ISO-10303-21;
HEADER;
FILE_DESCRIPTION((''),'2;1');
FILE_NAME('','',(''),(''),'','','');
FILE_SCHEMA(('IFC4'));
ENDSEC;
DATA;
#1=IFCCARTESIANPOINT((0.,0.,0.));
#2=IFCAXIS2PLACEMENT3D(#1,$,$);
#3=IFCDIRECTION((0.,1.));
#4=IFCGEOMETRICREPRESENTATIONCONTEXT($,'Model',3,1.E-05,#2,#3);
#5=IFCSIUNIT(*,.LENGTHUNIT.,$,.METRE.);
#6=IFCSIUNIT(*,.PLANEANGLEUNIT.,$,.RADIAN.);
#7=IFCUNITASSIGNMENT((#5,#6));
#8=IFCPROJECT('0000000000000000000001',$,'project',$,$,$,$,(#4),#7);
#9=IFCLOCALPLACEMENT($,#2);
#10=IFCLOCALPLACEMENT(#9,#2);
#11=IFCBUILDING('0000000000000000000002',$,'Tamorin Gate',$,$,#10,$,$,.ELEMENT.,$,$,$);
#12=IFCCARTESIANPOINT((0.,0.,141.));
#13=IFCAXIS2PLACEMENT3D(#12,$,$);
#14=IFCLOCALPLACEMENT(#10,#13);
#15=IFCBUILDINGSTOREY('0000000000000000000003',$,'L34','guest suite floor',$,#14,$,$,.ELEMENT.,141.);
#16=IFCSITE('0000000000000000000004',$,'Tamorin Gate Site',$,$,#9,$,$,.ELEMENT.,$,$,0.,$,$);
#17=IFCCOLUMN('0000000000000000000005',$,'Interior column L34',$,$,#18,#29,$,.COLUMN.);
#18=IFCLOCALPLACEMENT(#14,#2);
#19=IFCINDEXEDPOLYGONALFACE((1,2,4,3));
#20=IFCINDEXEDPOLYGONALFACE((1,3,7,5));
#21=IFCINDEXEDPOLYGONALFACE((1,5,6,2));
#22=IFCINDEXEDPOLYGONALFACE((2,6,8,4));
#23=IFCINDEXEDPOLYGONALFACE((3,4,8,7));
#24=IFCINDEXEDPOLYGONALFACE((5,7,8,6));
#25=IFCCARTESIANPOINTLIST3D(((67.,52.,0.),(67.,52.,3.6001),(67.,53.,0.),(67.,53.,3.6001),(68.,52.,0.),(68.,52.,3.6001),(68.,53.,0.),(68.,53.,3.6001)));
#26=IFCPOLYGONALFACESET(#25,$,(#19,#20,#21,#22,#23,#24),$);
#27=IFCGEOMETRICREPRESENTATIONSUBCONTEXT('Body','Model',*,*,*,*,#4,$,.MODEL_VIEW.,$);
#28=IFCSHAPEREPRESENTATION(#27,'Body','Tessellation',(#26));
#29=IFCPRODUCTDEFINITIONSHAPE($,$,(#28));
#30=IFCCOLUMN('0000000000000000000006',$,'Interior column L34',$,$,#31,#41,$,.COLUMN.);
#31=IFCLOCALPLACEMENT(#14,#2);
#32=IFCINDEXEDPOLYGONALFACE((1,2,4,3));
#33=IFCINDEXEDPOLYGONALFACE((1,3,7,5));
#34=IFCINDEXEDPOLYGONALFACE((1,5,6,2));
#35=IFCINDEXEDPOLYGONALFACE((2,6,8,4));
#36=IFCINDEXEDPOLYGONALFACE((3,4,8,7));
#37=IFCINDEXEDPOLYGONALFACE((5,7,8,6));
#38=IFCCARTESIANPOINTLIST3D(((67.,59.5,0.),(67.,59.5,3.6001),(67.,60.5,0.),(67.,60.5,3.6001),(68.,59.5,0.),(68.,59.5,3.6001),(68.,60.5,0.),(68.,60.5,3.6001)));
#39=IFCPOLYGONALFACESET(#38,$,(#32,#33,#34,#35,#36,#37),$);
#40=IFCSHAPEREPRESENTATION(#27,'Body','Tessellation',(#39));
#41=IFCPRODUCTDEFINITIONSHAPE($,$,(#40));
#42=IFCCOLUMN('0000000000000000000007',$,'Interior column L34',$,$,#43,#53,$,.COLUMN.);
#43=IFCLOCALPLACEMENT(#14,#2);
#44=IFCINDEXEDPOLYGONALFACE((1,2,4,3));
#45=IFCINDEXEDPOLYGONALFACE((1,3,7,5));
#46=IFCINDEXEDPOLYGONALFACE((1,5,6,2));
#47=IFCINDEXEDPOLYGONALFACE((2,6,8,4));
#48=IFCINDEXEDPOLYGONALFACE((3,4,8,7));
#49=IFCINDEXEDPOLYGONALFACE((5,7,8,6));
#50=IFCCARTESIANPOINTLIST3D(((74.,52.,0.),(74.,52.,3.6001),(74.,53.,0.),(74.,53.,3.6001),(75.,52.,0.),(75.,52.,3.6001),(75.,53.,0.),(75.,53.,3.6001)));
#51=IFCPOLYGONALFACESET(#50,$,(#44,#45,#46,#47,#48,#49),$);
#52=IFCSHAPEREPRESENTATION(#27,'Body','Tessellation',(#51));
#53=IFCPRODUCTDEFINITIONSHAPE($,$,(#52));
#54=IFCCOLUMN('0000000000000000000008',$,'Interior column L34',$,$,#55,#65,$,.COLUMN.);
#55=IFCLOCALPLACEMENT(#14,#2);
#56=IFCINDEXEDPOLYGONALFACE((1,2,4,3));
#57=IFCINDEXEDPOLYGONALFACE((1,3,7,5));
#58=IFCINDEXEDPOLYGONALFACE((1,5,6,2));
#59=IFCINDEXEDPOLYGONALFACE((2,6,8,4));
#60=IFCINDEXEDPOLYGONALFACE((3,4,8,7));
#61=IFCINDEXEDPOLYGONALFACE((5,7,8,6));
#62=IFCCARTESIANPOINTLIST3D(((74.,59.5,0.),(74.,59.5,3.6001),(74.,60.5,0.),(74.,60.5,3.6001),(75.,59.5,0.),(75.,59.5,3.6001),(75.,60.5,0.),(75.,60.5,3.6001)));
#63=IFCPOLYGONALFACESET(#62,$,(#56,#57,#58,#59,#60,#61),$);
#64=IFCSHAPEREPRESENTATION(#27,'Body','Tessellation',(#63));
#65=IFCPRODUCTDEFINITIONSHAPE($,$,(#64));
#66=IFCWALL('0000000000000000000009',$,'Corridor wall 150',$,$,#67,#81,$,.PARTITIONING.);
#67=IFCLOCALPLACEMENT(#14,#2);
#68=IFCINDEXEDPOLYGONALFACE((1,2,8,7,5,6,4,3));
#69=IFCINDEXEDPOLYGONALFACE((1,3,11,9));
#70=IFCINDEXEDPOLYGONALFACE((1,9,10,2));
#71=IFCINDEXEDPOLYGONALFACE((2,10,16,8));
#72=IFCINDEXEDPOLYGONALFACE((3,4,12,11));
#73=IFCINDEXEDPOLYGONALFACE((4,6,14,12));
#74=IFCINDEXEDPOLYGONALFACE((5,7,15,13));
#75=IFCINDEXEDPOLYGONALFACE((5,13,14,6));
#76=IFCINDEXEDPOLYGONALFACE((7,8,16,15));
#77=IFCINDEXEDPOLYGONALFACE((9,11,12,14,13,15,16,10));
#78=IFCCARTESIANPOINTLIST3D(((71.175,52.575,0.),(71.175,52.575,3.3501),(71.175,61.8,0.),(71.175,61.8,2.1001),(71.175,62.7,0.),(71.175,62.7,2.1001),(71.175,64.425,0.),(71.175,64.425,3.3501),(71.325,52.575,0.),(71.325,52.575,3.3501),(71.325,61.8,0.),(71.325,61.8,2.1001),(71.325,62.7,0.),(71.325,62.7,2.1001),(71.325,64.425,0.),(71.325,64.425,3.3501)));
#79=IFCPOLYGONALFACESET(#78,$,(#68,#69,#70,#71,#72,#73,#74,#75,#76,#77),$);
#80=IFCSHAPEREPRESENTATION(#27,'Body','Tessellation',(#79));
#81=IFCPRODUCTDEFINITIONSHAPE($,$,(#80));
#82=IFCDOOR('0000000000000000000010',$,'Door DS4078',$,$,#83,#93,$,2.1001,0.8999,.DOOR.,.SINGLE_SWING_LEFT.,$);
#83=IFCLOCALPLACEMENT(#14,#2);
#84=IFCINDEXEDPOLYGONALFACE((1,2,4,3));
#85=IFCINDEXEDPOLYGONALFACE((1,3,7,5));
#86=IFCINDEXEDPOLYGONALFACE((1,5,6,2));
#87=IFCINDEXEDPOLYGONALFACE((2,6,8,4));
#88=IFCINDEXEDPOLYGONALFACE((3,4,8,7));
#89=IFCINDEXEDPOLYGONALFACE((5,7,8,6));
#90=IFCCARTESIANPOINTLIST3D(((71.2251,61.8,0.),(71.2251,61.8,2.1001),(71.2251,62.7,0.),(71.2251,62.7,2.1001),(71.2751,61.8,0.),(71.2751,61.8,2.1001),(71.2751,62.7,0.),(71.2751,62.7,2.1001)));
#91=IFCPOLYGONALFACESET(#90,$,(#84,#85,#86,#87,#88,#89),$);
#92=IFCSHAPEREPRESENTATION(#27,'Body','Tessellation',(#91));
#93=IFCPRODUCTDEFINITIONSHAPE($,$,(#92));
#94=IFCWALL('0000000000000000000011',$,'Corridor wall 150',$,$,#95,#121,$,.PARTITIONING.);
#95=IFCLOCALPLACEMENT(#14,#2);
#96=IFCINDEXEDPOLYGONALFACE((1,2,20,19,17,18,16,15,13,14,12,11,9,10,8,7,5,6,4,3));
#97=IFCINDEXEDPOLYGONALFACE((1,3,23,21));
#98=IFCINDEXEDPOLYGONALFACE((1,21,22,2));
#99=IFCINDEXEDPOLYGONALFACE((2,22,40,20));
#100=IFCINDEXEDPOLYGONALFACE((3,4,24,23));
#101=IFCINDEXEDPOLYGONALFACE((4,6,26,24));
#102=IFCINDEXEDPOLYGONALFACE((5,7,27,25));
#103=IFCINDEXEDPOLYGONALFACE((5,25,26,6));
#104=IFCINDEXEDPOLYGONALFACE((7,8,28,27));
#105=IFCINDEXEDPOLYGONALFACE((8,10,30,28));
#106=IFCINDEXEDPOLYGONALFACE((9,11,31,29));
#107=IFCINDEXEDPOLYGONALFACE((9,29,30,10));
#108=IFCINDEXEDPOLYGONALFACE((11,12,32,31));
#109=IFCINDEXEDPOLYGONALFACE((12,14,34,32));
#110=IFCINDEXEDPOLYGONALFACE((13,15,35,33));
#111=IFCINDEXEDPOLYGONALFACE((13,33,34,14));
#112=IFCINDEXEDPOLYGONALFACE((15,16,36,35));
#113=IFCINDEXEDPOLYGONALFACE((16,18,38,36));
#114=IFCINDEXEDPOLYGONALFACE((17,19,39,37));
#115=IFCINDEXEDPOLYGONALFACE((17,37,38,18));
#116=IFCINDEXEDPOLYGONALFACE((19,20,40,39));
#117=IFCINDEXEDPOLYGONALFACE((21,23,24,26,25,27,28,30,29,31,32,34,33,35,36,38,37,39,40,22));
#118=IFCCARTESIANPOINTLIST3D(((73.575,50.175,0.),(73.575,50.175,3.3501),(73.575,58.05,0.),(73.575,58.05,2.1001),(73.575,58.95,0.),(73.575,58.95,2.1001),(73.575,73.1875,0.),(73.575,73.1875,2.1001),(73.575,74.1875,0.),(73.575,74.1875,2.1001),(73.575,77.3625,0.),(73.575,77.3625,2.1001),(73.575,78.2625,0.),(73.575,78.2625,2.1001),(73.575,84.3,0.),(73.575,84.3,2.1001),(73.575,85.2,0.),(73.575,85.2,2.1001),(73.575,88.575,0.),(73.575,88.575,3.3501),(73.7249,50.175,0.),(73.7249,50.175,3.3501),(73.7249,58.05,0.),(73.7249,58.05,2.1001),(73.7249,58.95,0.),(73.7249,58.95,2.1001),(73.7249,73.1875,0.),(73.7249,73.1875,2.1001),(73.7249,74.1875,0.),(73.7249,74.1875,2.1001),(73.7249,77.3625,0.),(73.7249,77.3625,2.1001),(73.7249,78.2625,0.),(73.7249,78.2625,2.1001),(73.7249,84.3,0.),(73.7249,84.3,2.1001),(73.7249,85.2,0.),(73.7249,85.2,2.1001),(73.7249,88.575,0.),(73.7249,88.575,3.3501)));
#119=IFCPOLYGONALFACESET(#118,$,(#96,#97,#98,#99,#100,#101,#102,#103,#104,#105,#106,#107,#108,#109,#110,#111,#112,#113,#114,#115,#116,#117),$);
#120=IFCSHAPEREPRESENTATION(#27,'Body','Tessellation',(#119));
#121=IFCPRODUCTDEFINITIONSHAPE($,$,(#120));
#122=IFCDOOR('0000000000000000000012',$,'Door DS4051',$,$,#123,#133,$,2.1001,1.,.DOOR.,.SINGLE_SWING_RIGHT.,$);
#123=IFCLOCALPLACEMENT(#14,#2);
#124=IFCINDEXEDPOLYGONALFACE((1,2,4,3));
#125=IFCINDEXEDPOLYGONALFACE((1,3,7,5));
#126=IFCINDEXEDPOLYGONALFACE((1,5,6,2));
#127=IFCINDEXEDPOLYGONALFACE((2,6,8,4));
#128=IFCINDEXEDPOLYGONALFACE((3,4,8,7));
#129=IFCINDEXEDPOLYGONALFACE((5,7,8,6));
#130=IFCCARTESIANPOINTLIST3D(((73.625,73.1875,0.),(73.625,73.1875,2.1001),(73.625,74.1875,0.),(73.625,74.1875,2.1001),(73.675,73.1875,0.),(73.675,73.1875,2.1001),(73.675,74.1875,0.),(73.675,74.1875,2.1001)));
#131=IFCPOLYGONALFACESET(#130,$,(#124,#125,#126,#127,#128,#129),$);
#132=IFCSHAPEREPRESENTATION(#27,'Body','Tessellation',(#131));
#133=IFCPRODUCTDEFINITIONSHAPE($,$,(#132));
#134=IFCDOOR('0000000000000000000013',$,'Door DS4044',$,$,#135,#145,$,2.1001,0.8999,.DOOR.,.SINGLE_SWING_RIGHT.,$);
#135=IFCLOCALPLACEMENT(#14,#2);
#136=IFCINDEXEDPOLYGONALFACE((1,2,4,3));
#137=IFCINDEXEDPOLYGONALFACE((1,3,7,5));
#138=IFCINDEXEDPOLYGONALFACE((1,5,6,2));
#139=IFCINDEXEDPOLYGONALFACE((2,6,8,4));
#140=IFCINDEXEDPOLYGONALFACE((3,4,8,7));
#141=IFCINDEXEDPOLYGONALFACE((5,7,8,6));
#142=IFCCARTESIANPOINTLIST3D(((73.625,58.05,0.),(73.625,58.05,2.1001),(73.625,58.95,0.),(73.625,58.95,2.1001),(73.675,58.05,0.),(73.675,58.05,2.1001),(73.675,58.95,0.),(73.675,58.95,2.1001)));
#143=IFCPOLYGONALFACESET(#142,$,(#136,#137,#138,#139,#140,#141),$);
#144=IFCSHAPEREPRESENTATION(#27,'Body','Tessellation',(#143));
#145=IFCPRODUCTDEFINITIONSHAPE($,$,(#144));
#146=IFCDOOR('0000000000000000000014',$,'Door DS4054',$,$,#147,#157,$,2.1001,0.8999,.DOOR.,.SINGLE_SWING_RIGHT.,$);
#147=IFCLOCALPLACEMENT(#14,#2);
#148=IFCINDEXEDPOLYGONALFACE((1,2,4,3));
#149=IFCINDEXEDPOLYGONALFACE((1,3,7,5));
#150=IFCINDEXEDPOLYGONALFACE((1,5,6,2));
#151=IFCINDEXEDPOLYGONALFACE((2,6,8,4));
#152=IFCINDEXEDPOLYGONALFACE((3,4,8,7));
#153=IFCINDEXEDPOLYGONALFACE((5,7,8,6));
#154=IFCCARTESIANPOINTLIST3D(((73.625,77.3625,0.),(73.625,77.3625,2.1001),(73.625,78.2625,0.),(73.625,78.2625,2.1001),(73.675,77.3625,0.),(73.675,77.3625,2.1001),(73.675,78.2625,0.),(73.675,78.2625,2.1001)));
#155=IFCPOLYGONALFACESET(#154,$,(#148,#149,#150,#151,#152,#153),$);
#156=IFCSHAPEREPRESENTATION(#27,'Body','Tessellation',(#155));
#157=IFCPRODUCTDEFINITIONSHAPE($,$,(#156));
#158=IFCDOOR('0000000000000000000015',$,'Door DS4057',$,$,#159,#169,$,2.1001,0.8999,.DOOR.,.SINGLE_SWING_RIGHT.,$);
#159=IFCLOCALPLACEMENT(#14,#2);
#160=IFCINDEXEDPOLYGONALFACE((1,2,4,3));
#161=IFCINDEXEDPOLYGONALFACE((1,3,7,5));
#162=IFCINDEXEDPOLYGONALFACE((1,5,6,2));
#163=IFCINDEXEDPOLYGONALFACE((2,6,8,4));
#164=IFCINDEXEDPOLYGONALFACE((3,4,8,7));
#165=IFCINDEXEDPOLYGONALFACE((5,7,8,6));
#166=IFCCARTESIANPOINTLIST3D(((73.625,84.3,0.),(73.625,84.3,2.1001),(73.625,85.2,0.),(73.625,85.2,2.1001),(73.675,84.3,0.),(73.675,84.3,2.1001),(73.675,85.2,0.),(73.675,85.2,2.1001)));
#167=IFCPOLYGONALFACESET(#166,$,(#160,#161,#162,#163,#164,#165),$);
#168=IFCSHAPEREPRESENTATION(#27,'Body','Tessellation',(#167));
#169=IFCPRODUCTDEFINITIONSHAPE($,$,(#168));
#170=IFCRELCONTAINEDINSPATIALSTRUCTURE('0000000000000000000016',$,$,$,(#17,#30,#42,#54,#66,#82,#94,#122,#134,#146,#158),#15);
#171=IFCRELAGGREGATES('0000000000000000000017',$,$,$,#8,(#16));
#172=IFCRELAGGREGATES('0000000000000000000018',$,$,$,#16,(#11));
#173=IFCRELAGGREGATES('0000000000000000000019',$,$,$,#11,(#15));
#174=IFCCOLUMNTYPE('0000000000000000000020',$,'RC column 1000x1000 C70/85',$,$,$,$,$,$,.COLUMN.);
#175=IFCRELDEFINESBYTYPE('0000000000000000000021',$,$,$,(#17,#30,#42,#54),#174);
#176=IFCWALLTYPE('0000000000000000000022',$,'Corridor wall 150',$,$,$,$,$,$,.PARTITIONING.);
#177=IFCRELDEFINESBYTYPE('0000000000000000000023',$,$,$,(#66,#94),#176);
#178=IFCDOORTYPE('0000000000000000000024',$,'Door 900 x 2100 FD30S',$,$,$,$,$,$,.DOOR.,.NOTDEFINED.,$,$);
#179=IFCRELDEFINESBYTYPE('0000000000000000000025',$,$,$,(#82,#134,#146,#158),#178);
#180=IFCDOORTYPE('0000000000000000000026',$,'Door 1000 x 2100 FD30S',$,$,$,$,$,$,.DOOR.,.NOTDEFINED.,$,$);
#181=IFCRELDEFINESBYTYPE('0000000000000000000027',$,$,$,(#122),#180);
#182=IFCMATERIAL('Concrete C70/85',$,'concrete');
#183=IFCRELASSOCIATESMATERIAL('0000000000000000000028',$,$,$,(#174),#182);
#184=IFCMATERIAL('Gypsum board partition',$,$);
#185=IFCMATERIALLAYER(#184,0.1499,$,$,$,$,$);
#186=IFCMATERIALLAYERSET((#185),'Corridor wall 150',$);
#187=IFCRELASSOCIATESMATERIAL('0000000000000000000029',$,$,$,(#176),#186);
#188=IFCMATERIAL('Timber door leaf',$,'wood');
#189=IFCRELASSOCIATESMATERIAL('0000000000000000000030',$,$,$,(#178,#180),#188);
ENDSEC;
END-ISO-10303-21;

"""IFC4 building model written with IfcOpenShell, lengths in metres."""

from ifc_helpers import new_model, si_unit, direction, frame, frame_2d, origin, origin_2d, place, context, subcontext, project, spatial, rectangle, extrude, material, layer, layer_set, material_profile, profile_set, type_object, element, fill, save


model = new_model("IFC4")

# Units and contexts
model_context = context("Model", 3, precision=1e-05, world=origin(), true_north=direction((0.0, 1.0)))
body_context = subcontext(model_context, "Body", "Model", "MODEL_VIEW")
ifc_project = project(units=[si_unit("LENGTHUNIT", "METRE"), si_unit("PLANEANGLEUNIT", "RADIAN")], contexts=[model_context])

# Site, building, storey
site_placement = place(None, origin())
site = spatial("IfcSite", under=ifc_project, at=site_placement, Name="Tamorin Gate Site", CompositionType="ELEMENT", RefElevation=0.0)
building_placement = place(site_placement, origin())
building = spatial("IfcBuilding", under=site, at=building_placement, Name="Tamorin Gate", CompositionType="ELEMENT")
storey_placement = place(building_placement, frame((0.0, 0.0, 141.0)))
storey = spatial("IfcBuildingStorey", under=building, at=storey_placement, Name="L34", Description="guest suite floor", CompositionType="ELEMENT", Elevation=141.0)

# Columns
ifc_material_1 = material(Name="Concrete C70/85", Category="concrete")
ifc_material_profile = material_profile(ifc_material_1, rectangle(XDim=1.0, YDim=1.0, at=origin_2d()), Name="RC 1000x1000")
ifc_profile_set = profile_set([ifc_material_profile], Name="Concrete C70/85")
column_type = type_object("IfcColumnType", Name="RC column 1000x1000 C70/85", PredefinedType="COLUMN", material=ifc_profile_set)
for number, where, z_axis, x_axis, name in (
    (1, (67.5, 52.5, 0.0), (0.0, 0.0, 1.0), (1.0, 0.0, 0.0), "Interior column L34"),
    (2, (67.5, 60.0, 0.0), (0.0, 0.0, 1.0), (1.0, 0.0, 0.0), "Interior column L34"),
    (3, (74.5, 52.5, 0.0), (0.0, 0.0, 1.0), (1.0, 0.0, 0.0), "Interior column L34"),
    (4, (74.5, 60.0, 0.0), (0.0, 0.0, 1.0), (1.0, 0.0, 0.0), "Interior column L34"),
):
    element("IfcColumn", number, at=place(storey_placement, frame(where, z_axis=z_axis, x_axis=x_axis)), inside=storey, type_object=column_type, Name=name, PredefinedType="COLUMN", context=body_context, shape_type="SweptSolid", body=[
        extrude(rectangle(XDim=1.0, YDim=1.0, at=origin_2d()), origin(), (0.0, 0.0, 1.0), 3.6001),
    ])

# Wall, opening, door
ifc_material_2 = material(Name="Gypsum board partition")
ifc_layer_1 = layer(ifc_material_2, 0.1499)
ifc_layer_set_1 = layer_set([ifc_layer_1], Name="Corridor wall 150")
wall_type_1 = type_object("IfcWallType", Name="Corridor wall 150", PredefinedType="PARTITIONING", material=ifc_layer_set_1)
wall_1_placement = place(storey_placement, frame((71.25, 52.575, 0.0), z_axis=(0.0, 0.0, 1.0), x_axis=(0.0, 1.0, 0.0)))
wall_1 = element("IfcWall", 5, at=wall_1_placement, inside=storey, type_object=wall_type_1, Name="Corridor wall 150", PredefinedType="PARTITIONING", context=body_context, shape_type="SweptSolid", body=[
    extrude(rectangle(XDim=11.8501, YDim=0.1499, at=frame_2d((5.925, 0.0))), origin(), (0.0, 0.0, 1.0), 3.3501),
])
opening_1_placement = place(wall_1_placement, frame((9.2251, 0.0, 0.0)))
opening_1 = element("IfcOpeningElement", 6, at=opening_1_placement, cuts=wall_1, PredefinedType="OPENING", context=body_context, shape_type="SweptSolid", body=[
    extrude(rectangle(XDim=0.8999, YDim=2.1001, at=frame_2d((0.45, 1.05))), frame((0.0, 0.085, 0.0), z_axis=(0.0, -1.0, 0.0), x_axis=(1.0, 0.0, 0.0)), (0.0, 0.0, 1.0), 0.1699),
])
ifc_material_3 = material(Name="Timber door leaf", Category="wood")
door_type_1 = type_object("IfcDoorType", Name="Door 900 x 2100 FD30S", OperationType="NOTDEFINED", PredefinedType="DOOR", material=ifc_material_3)
door_1_placement = place(opening_1_placement, origin())
door_1 = element("IfcDoor", 7, at=door_1_placement, inside=storey, type_object=door_type_1, Name="Door DS4078", OperationType="SINGLE_SWING_LEFT", OverallHeight=2.1001, OverallWidth=0.8999, PredefinedType="DOOR", context=body_context, shape_type="SweptSolid", body=[
    extrude(rectangle(XDim=0.8999, YDim=2.1001, at=frame_2d((0.45, 1.05))), frame((0.0, 0.0249, 0.0), z_axis=(0.0, -1.0, 0.0), x_axis=(1.0, 0.0, 0.0)), (0.0, 0.0, 1.0), 0.05),
])
fill(opening_1, door_1)

# Wall, openings, doors
wall_2_placement = place(storey_placement, frame((73.6499, 50.175, 0.0), z_axis=(0.0, 0.0, 1.0), x_axis=(0.0, 1.0, 0.0)))
wall_2 = element("IfcWall", 8, at=wall_2_placement, inside=storey, type_object=wall_type_1, Name="Corridor wall 150", PredefinedType="PARTITIONING", context=body_context, shape_type="SweptSolid", body=[
    extrude(rectangle(XDim=38.3999, YDim=0.1499, at=frame_2d((19.2, 0.0))), origin(), (0.0, 0.0, 1.0), 3.3501),
])
opening_2_placement = place(wall_2_placement, frame((7.875, 0.0, 0.0)))
opening_2 = element("IfcOpeningElement", 9, at=opening_2_placement, cuts=wall_2, PredefinedType="OPENING", context=body_context, shape_type="SweptSolid", body=[
    extrude(rectangle(XDim=0.8999, YDim=2.1001, at=frame_2d((0.45, 1.05))), frame((0.0, 0.085, 0.0), z_axis=(0.0, -1.0, 0.0), x_axis=(1.0, 0.0, 0.0)), (0.0, 0.0, 1.0), 0.1699),
])
opening_3_placement = place(wall_2_placement, frame((23.0125, 0.0, 0.0)))
opening_3 = element("IfcOpeningElement", 10, at=opening_3_placement, cuts=wall_2, PredefinedType="OPENING", context=body_context, shape_type="SweptSolid", body=[
    extrude(rectangle(XDim=1.0, YDim=2.1001, at=frame_2d((0.5, 1.05))), frame((0.0, 0.085, 0.0), z_axis=(0.0, -1.0, 0.0), x_axis=(1.0, 0.0, 0.0)), (0.0, 0.0, 1.0), 0.1699),
])
opening_4_placement = place(wall_2_placement, frame((27.1875, 0.0, 0.0)))
opening_4 = element("IfcOpeningElement", 11, at=opening_4_placement, cuts=wall_2, PredefinedType="OPENING", context=body_context, shape_type="SweptSolid", body=[
    extrude(rectangle(XDim=0.8999, YDim=2.1001, at=frame_2d((0.45, 1.05))), frame((0.0, 0.085, 0.0), z_axis=(0.0, -1.0, 0.0), x_axis=(1.0, 0.0, 0.0)), (0.0, 0.0, 1.0), 0.1699),
])
opening_5_placement = place(wall_2_placement, frame((34.125, 0.0, 0.0)))
opening_5 = element("IfcOpeningElement", 12, at=opening_5_placement, cuts=wall_2, PredefinedType="OPENING", context=body_context, shape_type="SweptSolid", body=[
    extrude(rectangle(XDim=0.8999, YDim=2.1001, at=frame_2d((0.45, 1.05))), frame((0.0, 0.085, 0.0), z_axis=(0.0, -1.0, 0.0), x_axis=(1.0, 0.0, 0.0)), (0.0, 0.0, 1.0), 0.1699),
])
door_type_2 = type_object("IfcDoorType", Name="Door 1000 x 2100 FD30S", OperationType="NOTDEFINED", PredefinedType="DOOR", material=ifc_material_3)
door_2_placement = place(opening_3_placement, origin())
door_2 = element("IfcDoor", 13, at=door_2_placement, inside=storey, type_object=door_type_2, Name="Door DS4051", OperationType="SINGLE_SWING_RIGHT", OverallHeight=2.1001, OverallWidth=1.0, PredefinedType="DOOR", context=body_context, shape_type="SweptSolid", body=[
    extrude(rectangle(XDim=1.0, YDim=2.1001, at=frame_2d((0.5, 1.05))), frame((0.0, 0.0249, 0.0), z_axis=(0.0, -1.0, 0.0), x_axis=(1.0, 0.0, 0.0)), (0.0, 0.0, 1.0), 0.05),
])
fill(opening_3, door_2)
door_3_placement = place(opening_2_placement, origin())
door_3 = element("IfcDoor", 14, at=door_3_placement, inside=storey, type_object=door_type_1, Name="Door DS4044", OperationType="SINGLE_SWING_RIGHT", OverallHeight=2.1001, OverallWidth=0.8999, PredefinedType="DOOR", context=body_context, shape_type="SweptSolid", body=[
    extrude(rectangle(XDim=0.8999, YDim=2.1001, at=frame_2d((0.45, 1.05))), frame((0.0, 0.0249, 0.0), z_axis=(0.0, -1.0, 0.0), x_axis=(1.0, 0.0, 0.0)), (0.0, 0.0, 1.0), 0.05),
])
fill(opening_2, door_3)
door_4_placement = place(opening_4_placement, origin())
door_4 = element("IfcDoor", 15, at=door_4_placement, inside=storey, type_object=door_type_1, Name="Door DS4054", OperationType="SINGLE_SWING_RIGHT", OverallHeight=2.1001, OverallWidth=0.8999, PredefinedType="DOOR", context=body_context, shape_type="SweptSolid", body=[
    extrude(rectangle(XDim=0.8999, YDim=2.1001, at=frame_2d((0.45, 1.05))), frame((0.0, 0.0249, 0.0), z_axis=(0.0, -1.0, 0.0), x_axis=(1.0, 0.0, 0.0)), (0.0, 0.0, 1.0), 0.05),
])
fill(opening_4, door_4)
door_5_placement = place(opening_5_placement, origin())
door_5 = element("IfcDoor", 16, at=door_5_placement, inside=storey, type_object=door_type_1, Name="Door DS4057", OperationType="SINGLE_SWING_RIGHT", OverallHeight=2.1001, OverallWidth=0.8999, PredefinedType="DOOR", context=body_context, shape_type="SweptSolid", body=[
    extrude(rectangle(XDim=0.8999, YDim=2.1001, at=frame_2d((0.45, 1.05))), frame((0.0, 0.0249, 0.0), z_axis=(0.0, -1.0, 0.0), x_axis=(1.0, 0.0, 0.0)), (0.0, 0.0, 1.0), 0.05),
])
fill(opening_5, door_5)

save(model, "model.ifc")
